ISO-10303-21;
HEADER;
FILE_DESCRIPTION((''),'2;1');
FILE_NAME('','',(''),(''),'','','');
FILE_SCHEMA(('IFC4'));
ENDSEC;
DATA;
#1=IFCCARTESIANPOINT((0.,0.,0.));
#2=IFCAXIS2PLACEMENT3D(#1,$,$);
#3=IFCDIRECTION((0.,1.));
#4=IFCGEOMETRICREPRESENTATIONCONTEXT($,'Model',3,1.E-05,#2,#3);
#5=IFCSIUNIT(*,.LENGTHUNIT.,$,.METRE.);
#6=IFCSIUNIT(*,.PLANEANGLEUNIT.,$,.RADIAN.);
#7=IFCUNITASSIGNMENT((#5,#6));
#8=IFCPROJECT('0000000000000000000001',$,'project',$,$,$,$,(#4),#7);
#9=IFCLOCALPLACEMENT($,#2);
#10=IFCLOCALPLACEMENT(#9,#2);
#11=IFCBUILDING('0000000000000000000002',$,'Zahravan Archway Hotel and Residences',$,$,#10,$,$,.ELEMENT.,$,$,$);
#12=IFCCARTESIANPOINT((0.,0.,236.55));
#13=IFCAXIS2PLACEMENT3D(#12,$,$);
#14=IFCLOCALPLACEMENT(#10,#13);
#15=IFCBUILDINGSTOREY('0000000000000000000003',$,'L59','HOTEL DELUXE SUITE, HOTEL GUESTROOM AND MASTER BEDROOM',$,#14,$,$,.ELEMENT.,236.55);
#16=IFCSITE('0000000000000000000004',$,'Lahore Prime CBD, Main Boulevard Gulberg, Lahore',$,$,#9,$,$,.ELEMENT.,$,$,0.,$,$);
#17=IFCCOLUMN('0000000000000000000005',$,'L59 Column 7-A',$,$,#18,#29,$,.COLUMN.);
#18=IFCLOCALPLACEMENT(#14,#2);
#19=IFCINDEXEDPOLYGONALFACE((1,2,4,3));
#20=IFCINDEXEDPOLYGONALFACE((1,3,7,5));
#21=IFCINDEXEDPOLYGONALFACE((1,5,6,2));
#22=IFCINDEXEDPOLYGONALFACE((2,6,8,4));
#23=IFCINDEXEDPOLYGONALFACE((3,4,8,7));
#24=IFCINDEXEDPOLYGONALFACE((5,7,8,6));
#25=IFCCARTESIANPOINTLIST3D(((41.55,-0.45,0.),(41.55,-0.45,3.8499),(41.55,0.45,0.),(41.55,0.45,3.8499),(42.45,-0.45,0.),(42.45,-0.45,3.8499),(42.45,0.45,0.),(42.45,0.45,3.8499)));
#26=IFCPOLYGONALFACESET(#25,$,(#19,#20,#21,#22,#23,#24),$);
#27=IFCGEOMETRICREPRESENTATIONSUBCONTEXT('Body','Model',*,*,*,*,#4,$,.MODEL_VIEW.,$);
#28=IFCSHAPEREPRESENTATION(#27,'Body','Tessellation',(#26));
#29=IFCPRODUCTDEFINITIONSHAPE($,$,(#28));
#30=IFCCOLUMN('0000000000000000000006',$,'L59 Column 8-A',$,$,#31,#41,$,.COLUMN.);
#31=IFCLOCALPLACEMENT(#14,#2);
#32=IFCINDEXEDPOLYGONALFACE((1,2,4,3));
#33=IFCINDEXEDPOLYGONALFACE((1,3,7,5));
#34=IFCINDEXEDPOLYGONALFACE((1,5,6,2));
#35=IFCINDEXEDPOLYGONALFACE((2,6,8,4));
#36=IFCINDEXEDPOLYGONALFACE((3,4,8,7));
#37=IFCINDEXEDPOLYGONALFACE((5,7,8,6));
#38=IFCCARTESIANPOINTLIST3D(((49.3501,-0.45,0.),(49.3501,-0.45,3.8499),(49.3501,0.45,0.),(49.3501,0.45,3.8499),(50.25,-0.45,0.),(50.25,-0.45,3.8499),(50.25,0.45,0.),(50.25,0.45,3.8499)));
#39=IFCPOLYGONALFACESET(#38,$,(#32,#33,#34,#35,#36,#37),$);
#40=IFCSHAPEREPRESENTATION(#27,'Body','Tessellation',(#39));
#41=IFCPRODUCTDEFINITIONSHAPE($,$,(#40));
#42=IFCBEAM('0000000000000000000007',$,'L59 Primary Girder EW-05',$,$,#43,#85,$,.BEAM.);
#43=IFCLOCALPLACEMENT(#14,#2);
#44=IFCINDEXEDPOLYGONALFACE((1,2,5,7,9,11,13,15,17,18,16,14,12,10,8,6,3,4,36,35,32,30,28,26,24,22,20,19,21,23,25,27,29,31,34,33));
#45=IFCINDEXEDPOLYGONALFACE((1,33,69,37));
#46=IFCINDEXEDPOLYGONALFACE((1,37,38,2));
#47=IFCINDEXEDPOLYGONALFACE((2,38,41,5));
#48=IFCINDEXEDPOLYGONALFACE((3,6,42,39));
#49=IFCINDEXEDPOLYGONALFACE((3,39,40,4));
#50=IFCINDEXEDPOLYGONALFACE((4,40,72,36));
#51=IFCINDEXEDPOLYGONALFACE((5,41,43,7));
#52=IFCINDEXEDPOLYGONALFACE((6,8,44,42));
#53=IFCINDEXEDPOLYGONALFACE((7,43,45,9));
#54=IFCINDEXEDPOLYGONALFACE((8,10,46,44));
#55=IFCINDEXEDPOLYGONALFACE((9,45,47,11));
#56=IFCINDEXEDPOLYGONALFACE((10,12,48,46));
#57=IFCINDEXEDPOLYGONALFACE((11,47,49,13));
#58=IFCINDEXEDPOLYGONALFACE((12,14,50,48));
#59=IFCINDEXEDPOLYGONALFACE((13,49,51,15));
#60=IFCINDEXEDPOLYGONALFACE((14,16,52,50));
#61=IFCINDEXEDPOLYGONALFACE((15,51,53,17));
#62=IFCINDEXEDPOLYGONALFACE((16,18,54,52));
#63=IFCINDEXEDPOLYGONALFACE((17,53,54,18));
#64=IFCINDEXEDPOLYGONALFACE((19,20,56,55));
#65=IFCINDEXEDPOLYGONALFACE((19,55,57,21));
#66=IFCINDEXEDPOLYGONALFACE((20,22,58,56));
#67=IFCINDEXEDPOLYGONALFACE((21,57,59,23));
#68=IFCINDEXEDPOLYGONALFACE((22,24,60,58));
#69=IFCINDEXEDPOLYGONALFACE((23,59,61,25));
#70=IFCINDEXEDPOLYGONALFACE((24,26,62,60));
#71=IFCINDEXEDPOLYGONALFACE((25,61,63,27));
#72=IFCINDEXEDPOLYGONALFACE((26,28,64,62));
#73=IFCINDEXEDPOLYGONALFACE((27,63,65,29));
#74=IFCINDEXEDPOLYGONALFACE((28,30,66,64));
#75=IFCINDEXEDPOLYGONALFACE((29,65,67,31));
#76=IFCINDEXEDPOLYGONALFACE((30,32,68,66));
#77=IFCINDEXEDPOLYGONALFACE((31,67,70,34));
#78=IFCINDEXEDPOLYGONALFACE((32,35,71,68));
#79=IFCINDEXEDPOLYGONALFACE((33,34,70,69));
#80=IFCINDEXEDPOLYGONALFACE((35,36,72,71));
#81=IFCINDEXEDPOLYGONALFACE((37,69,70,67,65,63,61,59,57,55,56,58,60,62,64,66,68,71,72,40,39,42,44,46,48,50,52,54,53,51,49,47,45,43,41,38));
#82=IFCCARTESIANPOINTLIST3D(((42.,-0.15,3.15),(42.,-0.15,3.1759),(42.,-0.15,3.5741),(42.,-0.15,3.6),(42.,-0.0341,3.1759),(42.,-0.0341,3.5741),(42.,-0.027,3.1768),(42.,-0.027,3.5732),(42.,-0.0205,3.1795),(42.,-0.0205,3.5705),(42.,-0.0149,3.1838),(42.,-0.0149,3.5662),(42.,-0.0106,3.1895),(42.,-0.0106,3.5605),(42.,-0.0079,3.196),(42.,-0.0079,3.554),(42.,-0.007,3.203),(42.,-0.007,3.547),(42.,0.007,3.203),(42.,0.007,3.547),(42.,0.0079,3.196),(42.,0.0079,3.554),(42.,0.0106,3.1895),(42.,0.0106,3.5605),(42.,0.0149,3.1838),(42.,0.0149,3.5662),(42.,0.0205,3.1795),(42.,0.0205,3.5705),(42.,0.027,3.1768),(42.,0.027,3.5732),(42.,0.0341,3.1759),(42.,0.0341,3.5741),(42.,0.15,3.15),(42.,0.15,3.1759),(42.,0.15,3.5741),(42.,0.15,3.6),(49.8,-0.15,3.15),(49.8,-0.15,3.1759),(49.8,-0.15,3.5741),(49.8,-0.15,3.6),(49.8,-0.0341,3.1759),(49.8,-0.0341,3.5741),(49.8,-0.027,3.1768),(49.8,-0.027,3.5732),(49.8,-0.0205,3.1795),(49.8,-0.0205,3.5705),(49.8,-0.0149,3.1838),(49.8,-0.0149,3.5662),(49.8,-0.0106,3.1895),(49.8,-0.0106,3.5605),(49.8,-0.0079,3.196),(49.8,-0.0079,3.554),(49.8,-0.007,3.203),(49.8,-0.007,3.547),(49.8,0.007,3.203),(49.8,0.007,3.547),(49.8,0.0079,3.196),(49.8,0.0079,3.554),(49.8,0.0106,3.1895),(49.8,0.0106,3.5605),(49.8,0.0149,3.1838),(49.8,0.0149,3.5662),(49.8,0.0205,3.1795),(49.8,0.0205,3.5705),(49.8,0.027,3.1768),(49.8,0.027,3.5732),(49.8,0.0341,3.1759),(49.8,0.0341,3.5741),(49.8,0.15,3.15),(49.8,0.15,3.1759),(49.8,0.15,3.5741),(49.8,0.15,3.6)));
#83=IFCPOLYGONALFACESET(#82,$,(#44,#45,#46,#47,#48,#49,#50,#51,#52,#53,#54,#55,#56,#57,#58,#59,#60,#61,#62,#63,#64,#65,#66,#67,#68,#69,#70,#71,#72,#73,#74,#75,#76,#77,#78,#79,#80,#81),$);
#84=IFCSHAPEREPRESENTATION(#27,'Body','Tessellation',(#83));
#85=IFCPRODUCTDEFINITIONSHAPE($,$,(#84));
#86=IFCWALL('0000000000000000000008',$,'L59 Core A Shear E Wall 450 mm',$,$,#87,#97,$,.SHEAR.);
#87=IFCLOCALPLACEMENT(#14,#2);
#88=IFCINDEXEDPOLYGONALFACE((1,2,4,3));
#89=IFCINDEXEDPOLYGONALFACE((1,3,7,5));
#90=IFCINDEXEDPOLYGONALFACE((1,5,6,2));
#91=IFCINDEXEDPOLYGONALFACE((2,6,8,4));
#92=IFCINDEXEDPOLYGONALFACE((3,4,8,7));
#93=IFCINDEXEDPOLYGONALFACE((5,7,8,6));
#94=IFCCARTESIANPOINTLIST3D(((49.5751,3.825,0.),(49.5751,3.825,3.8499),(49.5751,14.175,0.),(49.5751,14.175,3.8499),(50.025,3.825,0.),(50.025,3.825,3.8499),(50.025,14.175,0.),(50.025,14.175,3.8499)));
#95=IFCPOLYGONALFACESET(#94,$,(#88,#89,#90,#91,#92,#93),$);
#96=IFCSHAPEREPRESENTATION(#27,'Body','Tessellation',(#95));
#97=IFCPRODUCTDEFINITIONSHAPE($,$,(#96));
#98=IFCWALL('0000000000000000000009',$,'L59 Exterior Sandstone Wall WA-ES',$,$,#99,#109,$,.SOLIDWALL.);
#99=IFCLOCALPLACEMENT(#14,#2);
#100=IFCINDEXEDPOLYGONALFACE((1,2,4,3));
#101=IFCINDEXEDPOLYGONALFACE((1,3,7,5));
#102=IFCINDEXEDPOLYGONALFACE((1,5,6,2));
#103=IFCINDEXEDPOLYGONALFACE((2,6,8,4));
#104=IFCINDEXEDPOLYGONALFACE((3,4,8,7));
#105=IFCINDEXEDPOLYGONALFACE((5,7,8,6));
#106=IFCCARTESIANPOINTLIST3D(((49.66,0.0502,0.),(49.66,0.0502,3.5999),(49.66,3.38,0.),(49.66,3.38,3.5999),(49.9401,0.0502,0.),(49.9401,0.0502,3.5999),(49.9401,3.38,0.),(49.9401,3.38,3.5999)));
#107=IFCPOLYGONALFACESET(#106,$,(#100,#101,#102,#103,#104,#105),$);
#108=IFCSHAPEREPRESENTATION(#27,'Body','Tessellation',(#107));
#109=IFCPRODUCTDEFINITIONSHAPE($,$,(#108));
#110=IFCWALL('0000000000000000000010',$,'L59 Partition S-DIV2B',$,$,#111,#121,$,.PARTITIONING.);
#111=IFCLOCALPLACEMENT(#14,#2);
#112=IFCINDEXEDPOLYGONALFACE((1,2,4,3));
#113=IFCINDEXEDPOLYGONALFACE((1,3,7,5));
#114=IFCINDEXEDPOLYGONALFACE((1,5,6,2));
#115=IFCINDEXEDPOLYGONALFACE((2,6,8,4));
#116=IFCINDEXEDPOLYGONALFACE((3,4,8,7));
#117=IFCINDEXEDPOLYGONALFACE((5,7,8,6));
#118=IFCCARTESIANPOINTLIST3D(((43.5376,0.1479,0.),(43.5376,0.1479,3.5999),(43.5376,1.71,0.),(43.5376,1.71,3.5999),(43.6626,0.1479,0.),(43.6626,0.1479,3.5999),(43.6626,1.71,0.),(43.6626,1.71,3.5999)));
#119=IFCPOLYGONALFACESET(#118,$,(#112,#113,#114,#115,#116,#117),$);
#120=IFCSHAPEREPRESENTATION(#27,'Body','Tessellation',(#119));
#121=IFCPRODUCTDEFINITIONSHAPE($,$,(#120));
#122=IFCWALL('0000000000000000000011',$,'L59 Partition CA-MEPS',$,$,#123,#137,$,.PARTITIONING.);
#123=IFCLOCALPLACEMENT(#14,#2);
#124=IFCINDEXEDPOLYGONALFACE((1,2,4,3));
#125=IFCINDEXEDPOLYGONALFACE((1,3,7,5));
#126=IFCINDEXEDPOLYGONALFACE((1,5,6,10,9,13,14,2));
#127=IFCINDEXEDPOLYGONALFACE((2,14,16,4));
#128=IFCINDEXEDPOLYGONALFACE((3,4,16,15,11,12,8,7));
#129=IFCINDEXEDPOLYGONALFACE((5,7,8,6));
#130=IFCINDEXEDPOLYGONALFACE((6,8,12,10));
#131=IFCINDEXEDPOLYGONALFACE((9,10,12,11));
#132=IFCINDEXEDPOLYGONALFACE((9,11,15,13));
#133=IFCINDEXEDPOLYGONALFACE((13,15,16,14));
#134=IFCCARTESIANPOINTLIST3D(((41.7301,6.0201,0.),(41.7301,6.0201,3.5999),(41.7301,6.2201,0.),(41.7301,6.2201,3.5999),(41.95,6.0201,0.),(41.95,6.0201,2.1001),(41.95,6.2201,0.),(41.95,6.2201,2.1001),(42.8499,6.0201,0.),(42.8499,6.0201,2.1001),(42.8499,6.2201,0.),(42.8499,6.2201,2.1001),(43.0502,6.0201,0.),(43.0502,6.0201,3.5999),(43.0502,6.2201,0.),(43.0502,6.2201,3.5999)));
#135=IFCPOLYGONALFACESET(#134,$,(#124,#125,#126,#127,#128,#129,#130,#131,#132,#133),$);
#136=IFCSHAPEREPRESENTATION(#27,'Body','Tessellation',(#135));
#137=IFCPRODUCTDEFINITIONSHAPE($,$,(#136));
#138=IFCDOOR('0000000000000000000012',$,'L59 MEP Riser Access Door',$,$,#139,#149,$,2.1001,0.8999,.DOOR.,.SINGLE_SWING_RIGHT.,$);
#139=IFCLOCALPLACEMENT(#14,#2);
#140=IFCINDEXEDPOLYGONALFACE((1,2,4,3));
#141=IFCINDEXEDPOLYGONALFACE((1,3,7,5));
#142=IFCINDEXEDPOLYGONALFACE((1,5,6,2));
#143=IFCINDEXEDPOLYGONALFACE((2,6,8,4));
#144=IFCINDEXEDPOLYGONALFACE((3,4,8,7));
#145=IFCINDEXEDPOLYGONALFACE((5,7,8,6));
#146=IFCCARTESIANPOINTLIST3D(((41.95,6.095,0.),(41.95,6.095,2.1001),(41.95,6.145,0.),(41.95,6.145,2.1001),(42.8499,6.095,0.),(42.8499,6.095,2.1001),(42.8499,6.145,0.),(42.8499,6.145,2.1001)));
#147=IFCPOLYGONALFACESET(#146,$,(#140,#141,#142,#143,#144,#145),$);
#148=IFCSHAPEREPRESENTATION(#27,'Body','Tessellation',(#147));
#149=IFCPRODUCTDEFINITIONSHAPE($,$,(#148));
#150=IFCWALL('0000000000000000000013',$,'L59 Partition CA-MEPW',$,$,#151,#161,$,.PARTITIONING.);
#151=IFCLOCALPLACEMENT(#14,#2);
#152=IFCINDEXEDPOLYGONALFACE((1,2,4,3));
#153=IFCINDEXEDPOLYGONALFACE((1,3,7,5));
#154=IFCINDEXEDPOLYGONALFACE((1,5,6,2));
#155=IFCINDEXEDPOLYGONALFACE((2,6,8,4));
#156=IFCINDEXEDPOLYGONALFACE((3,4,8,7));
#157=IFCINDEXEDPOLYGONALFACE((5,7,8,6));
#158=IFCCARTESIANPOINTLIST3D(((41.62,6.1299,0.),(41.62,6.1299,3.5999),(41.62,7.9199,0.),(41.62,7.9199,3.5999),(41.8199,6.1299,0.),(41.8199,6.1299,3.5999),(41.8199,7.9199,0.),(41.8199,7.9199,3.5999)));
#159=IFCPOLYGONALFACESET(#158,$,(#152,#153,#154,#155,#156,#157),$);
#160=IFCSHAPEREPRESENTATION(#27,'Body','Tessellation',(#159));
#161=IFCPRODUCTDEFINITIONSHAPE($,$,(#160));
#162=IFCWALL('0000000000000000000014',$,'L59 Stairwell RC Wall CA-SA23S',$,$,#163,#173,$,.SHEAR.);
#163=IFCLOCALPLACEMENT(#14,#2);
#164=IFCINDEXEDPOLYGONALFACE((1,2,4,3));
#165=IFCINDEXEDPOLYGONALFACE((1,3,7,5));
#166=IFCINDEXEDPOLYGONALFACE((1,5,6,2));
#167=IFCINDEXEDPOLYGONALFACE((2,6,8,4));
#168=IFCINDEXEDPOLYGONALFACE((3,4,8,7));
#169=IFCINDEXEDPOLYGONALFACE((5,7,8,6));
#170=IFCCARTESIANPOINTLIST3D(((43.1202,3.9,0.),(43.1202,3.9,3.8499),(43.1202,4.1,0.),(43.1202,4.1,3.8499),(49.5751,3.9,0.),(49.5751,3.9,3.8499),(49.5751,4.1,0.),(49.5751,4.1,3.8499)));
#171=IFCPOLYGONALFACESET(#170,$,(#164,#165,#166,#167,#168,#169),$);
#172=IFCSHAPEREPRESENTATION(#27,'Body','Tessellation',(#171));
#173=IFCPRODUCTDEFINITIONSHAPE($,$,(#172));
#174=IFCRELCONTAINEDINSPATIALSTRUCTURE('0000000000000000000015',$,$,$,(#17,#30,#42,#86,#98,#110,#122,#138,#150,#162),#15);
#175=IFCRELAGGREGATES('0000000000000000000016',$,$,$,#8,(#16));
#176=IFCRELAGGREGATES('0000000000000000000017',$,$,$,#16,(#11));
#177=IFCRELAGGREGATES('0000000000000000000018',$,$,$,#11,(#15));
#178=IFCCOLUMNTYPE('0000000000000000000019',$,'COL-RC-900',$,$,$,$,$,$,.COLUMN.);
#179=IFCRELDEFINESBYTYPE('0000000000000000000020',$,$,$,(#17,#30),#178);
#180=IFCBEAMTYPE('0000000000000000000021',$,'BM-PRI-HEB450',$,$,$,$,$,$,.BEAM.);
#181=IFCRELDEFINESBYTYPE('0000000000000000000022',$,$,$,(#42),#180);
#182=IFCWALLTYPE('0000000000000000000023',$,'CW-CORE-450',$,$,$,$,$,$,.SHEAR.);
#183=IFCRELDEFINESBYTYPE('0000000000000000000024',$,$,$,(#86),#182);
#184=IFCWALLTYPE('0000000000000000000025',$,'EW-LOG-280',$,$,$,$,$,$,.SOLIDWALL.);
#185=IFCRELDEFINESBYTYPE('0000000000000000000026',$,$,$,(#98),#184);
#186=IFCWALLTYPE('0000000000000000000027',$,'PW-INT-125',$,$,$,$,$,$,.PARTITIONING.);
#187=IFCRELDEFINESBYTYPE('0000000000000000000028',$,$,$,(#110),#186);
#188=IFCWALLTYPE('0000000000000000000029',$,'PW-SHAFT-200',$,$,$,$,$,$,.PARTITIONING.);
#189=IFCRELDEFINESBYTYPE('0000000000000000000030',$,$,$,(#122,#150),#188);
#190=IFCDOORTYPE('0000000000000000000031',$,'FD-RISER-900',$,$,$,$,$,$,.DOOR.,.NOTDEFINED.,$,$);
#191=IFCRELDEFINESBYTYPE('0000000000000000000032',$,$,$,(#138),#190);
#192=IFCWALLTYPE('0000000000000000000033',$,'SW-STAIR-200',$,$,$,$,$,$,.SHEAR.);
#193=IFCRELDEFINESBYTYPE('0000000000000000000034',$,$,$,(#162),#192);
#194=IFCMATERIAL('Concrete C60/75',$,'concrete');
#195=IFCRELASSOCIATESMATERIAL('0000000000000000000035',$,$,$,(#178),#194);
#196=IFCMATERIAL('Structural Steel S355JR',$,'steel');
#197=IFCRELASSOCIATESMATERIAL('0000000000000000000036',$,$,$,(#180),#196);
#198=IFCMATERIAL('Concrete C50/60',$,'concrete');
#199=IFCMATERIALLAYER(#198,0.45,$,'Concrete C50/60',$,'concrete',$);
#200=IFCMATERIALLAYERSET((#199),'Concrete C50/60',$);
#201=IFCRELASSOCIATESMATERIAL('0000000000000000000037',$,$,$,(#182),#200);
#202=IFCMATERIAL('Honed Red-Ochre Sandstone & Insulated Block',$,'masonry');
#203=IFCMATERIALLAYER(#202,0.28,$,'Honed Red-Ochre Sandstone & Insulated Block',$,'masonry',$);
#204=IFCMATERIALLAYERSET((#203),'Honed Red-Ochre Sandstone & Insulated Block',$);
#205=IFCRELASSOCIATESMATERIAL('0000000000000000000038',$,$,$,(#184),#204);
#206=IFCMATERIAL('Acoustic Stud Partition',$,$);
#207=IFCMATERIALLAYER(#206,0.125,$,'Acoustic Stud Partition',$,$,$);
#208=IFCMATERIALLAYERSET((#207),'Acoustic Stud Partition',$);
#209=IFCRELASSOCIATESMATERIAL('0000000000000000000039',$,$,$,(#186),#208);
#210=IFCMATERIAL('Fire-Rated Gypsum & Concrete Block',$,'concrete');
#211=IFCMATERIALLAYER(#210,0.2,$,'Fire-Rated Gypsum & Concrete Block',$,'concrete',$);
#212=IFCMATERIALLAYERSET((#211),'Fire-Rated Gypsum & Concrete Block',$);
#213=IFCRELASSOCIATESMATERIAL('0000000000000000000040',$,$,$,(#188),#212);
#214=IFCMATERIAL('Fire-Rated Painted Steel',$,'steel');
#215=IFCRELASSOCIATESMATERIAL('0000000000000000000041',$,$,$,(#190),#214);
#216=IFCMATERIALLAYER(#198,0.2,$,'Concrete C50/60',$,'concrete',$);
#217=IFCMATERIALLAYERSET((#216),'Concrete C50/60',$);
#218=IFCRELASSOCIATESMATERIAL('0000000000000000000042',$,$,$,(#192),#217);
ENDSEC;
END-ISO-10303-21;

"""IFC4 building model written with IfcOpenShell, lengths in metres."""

from ifc_helpers import new_model, si_unit, direction, frame, frame_2d, origin, origin_2d, place, context, subcontext, project, spatial, rectangle, i_section, extrude, source, transform, mapped, material, layer, layer_set, material_profile, profile_set, type_object, type_shapes, element, fill, save


model = new_model("IFC4")

# Units and contexts
model_context = context("Model", 3, precision=1e-05, world=origin(), true_north=direction((0.0, 1.0)))
body_context = subcontext(model_context, "Body", "Model", "MODEL_VIEW")
ifc_project = project(units=[si_unit("LENGTHUNIT", "METRE"), si_unit("PLANEANGLEUNIT", "RADIAN")], contexts=[model_context])

# Site, building, storey
site_placement = place(None, origin())
site = spatial("IfcSite", under=ifc_project, at=site_placement, Name="Lahore Prime CBD, Main Boulevard Gulberg, Lahore", CompositionType="ELEMENT", RefElevation=0.0)
building_placement = place(site_placement, origin())
building = spatial("IfcBuilding", under=site, at=building_placement, Name="Zahravan Archway Hotel and Residences", CompositionType="ELEMENT")
storey_placement = place(building_placement, frame((0.0, 0.0, 236.55)))
storey = spatial("IfcBuildingStorey", under=building, at=storey_placement, Name="L59", Description="HOTEL DELUXE SUITE, HOTEL GUESTROOM AND MASTER BEDROOM", CompositionType="ELEMENT", Elevation=236.55)

# Columns
ifc_material_1 = material(Name="Concrete C60/75", Category="concrete")
ifc_material_profile_1 = material_profile(ifc_material_1, rectangle(XDim=0.8999, YDim=0.8999, at=origin_2d()), Name="RC-COL-900x900", Category="concrete")
ifc_profile_set_1 = profile_set([ifc_material_profile_1], Name="Concrete C60/75")
column_type = type_object("IfcColumnType", Name="COL-RC-900", PredefinedType="COLUMN", material=ifc_profile_set_1)
shared_shape_1 = source(origin(), body_context, "Body", "SweptSolid", [
    extrude(rectangle(XDim=0.8999, YDim=0.8999, at=origin_2d()), origin(), (0.0, 0.0, 1.0), 3.8499),
])
for number, where, z_axis, x_axis, name in (
    (1, (42.0, 0.0, 0.0), (0.0, 0.0, 1.0), (1.0, 0.0, 0.0), "L59 Column 7-A"),
    (2, (49.8, 0.0, 0.0), (0.0, 0.0, 1.0), (1.0, 0.0, 0.0), "L59 Column 8-A"),
):
    element("IfcColumn", number, at=place(storey_placement, frame(where, z_axis=z_axis, x_axis=x_axis)), inside=storey, type_object=column_type, Name=name, PredefinedType="COLUMN", context=body_context, shape_type="MappedRepresentation", body=[
        mapped(shared_shape_1, transform((0.0, 0.0, 0.0), scale=1.0)),
    ])

# Beam
ifc_material_2 = material(Name="Structural Steel S355JR", Category="steel")
ifc_material_profile_2 = material_profile(ifc_material_2, i_section(OverallWidth=0.3, OverallDepth=0.45, WebThickness=0.0139, FlangeThickness=0.0259, FilletRadius=0.0271, at=origin_2d()), Name="HEB 450", Category="steel")
ifc_profile_set_2 = profile_set([ifc_material_profile_2], Name="Structural Steel S355JR")
beam_type = type_object("IfcBeamType", Name="BM-PRI-HEB450", PredefinedType="BEAM", material=ifc_profile_set_2)
shared_shape_2 = source(origin(), body_context, "Body", "SweptSolid", [
    extrude(i_section(OverallWidth=0.3, OverallDepth=0.45, WebThickness=0.0139, FlangeThickness=0.0259, FilletRadius=0.0271, at=origin_2d()), origin(), (0.0, 0.0, 1.0), 7.8),
])
beam_placement = place(storey_placement, frame((42.0, 0.0, 3.375), z_axis=(1.0, 0.0, 0.0), x_axis=(0.0, 1.0, 0.0)))
element("IfcBeam", 3, at=beam_placement, inside=storey, type_object=beam_type, Name="L59 Primary Girder EW-05", PredefinedType="BEAM", context=body_context, shape_type="MappedRepresentation", body=[
    mapped(shared_shape_2, transform((0.0, 0.0, 0.0), scale=1.0)),
])

# Walls
ifc_material_3 = material(Name="Concrete C50/60", Category="concrete")
ifc_layer_1 = layer(ifc_material_3, 0.45, Name="Concrete C50/60", Category="concrete")
ifc_layer_set_1 = layer_set([ifc_layer_1], Name="Concrete C50/60")
wall_type_1 = type_object("IfcWallType", Name="CW-CORE-450", PredefinedType="SHEAR", material=ifc_layer_set_1)
wall_1_placement = place(storey_placement, frame((49.8, 3.825, 0.0), z_axis=(0.0, 0.0, 1.0), x_axis=(0.0, 1.0, 0.0)))
element("IfcWall", 4, at=wall_1_placement, inside=storey, type_object=wall_type_1, Name="L59 Core A Shear E Wall 450 mm", PredefinedType="SHEAR", context=body_context, shape_type="SweptSolid", body=[
    extrude(rectangle(XDim=10.3501, YDim=0.45, at=frame_2d((5.175, 0.0))), origin(), (0.0, 0.0, 1.0), 3.8499),
])
ifc_material_4 = material(Name="Honed Red-Ochre Sandstone & Insulated Block", Category="masonry")
ifc_layer_2 = layer(ifc_material_4, 0.28, Name="Honed Red-Ochre Sandstone & Insulated Block", Category="masonry")
ifc_layer_set_2 = layer_set([ifc_layer_2], Name="Honed Red-Ochre Sandstone & Insulated Block")
wall_type_2 = type_object("IfcWallType", Name="EW-LOG-280", PredefinedType="SOLIDWALL", material=ifc_layer_set_2)
wall_2_placement = place(storey_placement, frame((49.8, 0.05, 0.0), z_axis=(0.0, 0.0, 1.0), x_axis=(0.0, 1.0, 0.0)))
element("IfcWall", 5, at=wall_2_placement, inside=storey, type_object=wall_type_2, Name="L59 Exterior Sandstone Wall WA-ES", PredefinedType="SOLIDWALL", context=body_context, shape_type="SweptSolid", body=[
    extrude(rectangle(XDim=3.3298, YDim=0.28, at=frame_2d((1.665, 0.0))), origin(), (0.0, 0.0, 1.0), 3.5999),
])
ifc_material_5 = material(Name="Acoustic Stud Partition")
ifc_layer_3 = layer(ifc_material_5, 0.125, Name="Acoustic Stud Partition")
ifc_layer_set_3 = layer_set([ifc_layer_3], Name="Acoustic Stud Partition")
wall_type_3 = type_object("IfcWallType", Name="PW-INT-125", PredefinedType="PARTITIONING", material=ifc_layer_set_3)
wall_3_placement = place(storey_placement, frame((43.6001, 0.1479, 0.0), z_axis=(0.0, 0.0, 1.0), x_axis=(0.0, 1.0, 0.0)))
element("IfcWall", 6, at=wall_3_placement, inside=storey, type_object=wall_type_3, Name="L59 Partition S-DIV2B", PredefinedType="PARTITIONING", context=body_context, shape_type="SweptSolid", body=[
    extrude(rectangle(XDim=1.562, YDim=0.125, at=frame_2d((0.781, 0.0))), origin(), (0.0, 0.0, 1.0), 3.5999),
])

# Wall, opening, door
ifc_material_6 = material(Name="Fire-Rated Gypsum & Concrete Block", Category="concrete")
ifc_layer_4 = layer(ifc_material_6, 0.2, Name="Fire-Rated Gypsum & Concrete Block", Category="concrete")
ifc_layer_set_4 = layer_set([ifc_layer_4], Name="Fire-Rated Gypsum & Concrete Block")
wall_type_4 = type_object("IfcWallType", Name="PW-SHAFT-200", PredefinedType="PARTITIONING", material=ifc_layer_set_4)
wall_4_placement = place(storey_placement, frame((41.73, 6.1201, 0.0), z_axis=(0.0, 0.0, 1.0), x_axis=(1.0, 0.0, 0.0)))
wall_4 = element("IfcWall", 7, at=wall_4_placement, inside=storey, type_object=wall_type_4, Name="L59 Partition CA-MEPS", PredefinedType="PARTITIONING", context=body_context, shape_type="SweptSolid", body=[
    extrude(rectangle(XDim=1.3201, YDim=0.2, at=frame_2d((0.6602, 0.0))), origin(), (0.0, 0.0, 1.0), 3.5999),
])
opening_placement = place(wall_4_placement, frame((0.22, 0.0, 0.0)))
opening = element("IfcOpeningElement", 8, at=opening_placement, cuts=wall_4, PredefinedType="OPENING", context=body_context, shape_type="SweptSolid", body=[
    extrude(rectangle(XDim=0.8999, YDim=2.1001, at=frame_2d((0.45, 1.05))), frame((0.0, 0.1099, 0.0), z_axis=(0.0, -1.0, 0.0), x_axis=(1.0, 0.0, 0.0)), (0.0, 0.0, 1.0), 0.22),
])
ifc_material_7 = material(Name="Fire-Rated Painted Steel", Category="steel")
door_type = type_object("IfcDoorType", Name="FD-RISER-900", OperationType="NOTDEFINED", PredefinedType="DOOR", material=ifc_material_7)
shared_shape_3 = source(origin(), body_context, "Body", "SweptSolid", [
    extrude(rectangle(XDim=0.8999, YDim=2.1001, at=frame_2d((0.45, 1.05))), frame((0.0, 0.0249, 0.0), z_axis=(0.0, -1.0, 0.0), x_axis=(1.0, 0.0, 0.0)), (0.0, 0.0, 1.0), 0.05),
])
type_shapes(door_type, [shared_shape_3])
door_placement = place(opening_placement, origin())
door = element("IfcDoor", 9, at=door_placement, inside=storey, type_object=door_type, Name="L59 MEP Riser Access Door", OperationType="SINGLE_SWING_RIGHT", OverallHeight=2.1001, OverallWidth=0.8999, PredefinedType="DOOR", context=body_context, shape_type="MappedRepresentation", body=[
    mapped(shared_shape_3, transform((0.0, 0.0, 0.0), scale=1.0)),
])
fill(opening, door)

# Walls
wall_5_placement = place(storey_placement, frame((41.72, 6.1299, 0.0), z_axis=(0.0, 0.0, 1.0), x_axis=(0.0, 1.0, 0.0)))
element("IfcWall", 10, at=wall_5_placement, inside=storey, type_object=wall_type_4, Name="L59 Partition CA-MEPW", PredefinedType="PARTITIONING", context=body_context, shape_type="SweptSolid", body=[
    extrude(rectangle(XDim=1.79, YDim=0.2, at=frame_2d((0.895, 0.0))), origin(), (0.0, 0.0, 1.0), 3.5999),
])
ifc_layer_5 = layer(ifc_material_3, 0.2, Name="Concrete C50/60", Category="concrete")
ifc_layer_set_5 = layer_set([ifc_layer_5], Name="Concrete C50/60")
wall_type_5 = type_object("IfcWallType", Name="SW-STAIR-200", PredefinedType="SHEAR", material=ifc_layer_set_5)
wall_6_placement = place(storey_placement, frame((43.1201, 4.0, 0.0), z_axis=(0.0, 0.0, 1.0), x_axis=(1.0, 0.0, 0.0)))
element("IfcWall", 11, at=wall_6_placement, inside=storey, type_object=wall_type_5, Name="L59 Stairwell RC Wall CA-SA23S", PredefinedType="SHEAR", context=body_context, shape_type="SweptSolid", body=[
    extrude(rectangle(XDim=6.4548, YDim=0.2, at=frame_2d((3.2275, 0.0))), origin(), (0.0, 0.0, 1.0), 3.8499),
])

save(model, "model.ifc")
